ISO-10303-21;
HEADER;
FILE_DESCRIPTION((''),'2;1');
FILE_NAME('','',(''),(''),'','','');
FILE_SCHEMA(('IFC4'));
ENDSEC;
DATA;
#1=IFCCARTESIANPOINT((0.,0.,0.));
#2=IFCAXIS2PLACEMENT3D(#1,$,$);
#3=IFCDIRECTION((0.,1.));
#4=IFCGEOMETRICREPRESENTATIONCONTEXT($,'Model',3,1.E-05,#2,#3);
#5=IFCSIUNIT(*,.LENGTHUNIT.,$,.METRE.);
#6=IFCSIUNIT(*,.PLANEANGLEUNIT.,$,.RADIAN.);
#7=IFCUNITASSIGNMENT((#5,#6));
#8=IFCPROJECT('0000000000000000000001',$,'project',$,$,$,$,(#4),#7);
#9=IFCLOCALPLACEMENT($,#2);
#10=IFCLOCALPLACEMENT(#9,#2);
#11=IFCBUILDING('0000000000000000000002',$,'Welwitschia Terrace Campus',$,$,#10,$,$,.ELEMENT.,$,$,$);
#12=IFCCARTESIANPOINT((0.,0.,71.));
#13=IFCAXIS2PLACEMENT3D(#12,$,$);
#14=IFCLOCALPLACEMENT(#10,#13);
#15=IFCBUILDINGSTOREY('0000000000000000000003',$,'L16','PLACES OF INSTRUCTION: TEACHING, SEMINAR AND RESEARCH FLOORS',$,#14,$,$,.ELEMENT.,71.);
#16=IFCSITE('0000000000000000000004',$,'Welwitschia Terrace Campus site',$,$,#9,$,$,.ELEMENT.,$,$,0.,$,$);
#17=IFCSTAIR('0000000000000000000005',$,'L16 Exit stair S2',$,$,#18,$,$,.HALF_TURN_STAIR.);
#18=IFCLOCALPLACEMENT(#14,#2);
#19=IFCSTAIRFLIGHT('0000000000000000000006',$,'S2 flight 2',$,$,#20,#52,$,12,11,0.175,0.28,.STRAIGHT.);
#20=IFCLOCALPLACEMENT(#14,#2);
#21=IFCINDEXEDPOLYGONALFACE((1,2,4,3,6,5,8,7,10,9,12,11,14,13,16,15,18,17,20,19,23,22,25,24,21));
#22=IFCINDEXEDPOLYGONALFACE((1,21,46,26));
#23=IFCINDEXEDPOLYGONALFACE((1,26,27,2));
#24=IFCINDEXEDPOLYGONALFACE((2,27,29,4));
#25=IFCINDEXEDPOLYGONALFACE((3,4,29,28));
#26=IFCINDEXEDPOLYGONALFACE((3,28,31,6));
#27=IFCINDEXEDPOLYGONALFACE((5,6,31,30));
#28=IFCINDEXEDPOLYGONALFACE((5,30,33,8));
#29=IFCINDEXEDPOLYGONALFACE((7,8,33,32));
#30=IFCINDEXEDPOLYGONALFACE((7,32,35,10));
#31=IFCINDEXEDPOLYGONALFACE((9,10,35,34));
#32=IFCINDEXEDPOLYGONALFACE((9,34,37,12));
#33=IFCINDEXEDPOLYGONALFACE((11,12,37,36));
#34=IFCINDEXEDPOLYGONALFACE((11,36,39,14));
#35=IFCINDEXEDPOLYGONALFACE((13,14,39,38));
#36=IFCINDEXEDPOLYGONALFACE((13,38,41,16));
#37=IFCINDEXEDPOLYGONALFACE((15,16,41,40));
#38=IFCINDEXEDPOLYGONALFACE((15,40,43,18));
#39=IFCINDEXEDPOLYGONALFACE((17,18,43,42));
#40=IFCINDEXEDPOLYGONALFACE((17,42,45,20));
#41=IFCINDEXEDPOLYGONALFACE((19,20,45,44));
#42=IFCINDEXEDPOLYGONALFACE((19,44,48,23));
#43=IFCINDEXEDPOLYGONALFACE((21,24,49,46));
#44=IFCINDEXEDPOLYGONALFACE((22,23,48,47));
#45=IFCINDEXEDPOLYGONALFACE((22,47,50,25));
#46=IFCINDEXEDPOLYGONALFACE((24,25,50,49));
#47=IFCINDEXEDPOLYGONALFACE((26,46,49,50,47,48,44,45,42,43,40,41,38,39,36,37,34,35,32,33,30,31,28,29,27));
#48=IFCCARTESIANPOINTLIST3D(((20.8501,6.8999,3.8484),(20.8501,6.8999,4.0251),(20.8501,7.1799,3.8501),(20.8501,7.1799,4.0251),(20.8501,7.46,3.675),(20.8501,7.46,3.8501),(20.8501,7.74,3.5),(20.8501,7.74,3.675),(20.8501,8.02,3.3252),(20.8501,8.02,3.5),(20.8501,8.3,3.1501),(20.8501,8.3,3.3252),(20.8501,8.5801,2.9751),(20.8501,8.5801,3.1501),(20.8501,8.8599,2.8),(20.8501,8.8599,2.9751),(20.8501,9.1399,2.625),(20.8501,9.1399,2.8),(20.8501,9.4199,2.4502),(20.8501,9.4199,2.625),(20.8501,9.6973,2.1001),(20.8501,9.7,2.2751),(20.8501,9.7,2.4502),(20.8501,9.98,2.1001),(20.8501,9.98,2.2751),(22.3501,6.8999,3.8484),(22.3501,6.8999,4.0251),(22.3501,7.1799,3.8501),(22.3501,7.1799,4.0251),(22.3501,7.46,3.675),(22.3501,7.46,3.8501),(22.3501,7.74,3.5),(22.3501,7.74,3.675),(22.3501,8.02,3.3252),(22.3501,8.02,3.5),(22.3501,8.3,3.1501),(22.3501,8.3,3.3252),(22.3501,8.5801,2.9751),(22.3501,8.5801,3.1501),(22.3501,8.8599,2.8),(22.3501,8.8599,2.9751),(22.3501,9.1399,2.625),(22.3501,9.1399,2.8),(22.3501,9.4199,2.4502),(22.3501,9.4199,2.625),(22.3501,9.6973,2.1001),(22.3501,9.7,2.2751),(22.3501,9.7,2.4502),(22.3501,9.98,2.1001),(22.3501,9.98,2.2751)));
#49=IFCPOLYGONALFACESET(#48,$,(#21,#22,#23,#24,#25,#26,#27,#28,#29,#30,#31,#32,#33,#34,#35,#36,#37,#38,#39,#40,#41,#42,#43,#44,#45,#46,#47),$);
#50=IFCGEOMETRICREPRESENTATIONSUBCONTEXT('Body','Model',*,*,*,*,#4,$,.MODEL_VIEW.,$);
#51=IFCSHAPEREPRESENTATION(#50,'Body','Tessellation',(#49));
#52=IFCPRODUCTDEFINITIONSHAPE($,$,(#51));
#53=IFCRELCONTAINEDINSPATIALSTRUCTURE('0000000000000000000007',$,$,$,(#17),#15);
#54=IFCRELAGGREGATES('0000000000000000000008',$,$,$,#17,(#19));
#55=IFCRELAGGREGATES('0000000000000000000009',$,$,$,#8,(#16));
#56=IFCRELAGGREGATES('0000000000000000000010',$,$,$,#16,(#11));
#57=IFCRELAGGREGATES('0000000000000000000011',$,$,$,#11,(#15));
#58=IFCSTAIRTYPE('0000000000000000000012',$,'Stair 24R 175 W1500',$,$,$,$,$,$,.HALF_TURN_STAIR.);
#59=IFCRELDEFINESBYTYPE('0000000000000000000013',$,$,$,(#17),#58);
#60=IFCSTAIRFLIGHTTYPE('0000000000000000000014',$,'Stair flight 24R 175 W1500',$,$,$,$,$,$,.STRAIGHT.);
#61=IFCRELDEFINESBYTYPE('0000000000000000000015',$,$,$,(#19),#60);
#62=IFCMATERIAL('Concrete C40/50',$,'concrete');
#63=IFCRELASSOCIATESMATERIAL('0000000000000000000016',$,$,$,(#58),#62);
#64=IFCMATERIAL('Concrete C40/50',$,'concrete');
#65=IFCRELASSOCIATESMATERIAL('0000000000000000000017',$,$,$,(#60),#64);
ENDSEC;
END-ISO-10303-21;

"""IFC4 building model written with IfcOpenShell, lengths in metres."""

from ifc_helpers import new_model, si_unit, direction, frame, origin, place, context, subcontext, project, spatial, polyline, outline, extrude, material, type_object, element, aggregate, save


model = new_model("IFC4")

# Units and contexts
model_context = context("Model", 3, precision=1e-05, world=origin(), true_north=direction((0.0, 1.0)))
body_context = subcontext(model_context, "Body", "Model", "MODEL_VIEW")
ifc_project = project(units=[si_unit("LENGTHUNIT", "METRE"), si_unit("PLANEANGLEUNIT", "RADIAN")], contexts=[model_context])

# Site, building, storey
site_placement = place(None, origin())
site = spatial("IfcSite", under=ifc_project, at=site_placement, Name="Welwitschia Terrace Campus site", CompositionType="ELEMENT", RefElevation=0.0)
building_placement = place(site_placement, origin())
building = spatial("IfcBuilding", under=site, at=building_placement, Name="Welwitschia Terrace Campus", CompositionType="ELEMENT")
storey_placement = place(building_placement, frame((0.0, 0.0, 71.0)))
storey = spatial("IfcBuildingStorey", under=building, at=storey_placement, Name="L16", Description="PLACES OF INSTRUCTION: TEACHING, SEMINAR AND RESEARCH FLOORS", CompositionType="ELEMENT", Elevation=71.0)

# Stair, stair flight
ifc_material_1 = material(Name="Concrete C40/50", Category="concrete")
stair_type = type_object("IfcStairType", Name="Stair 24R 175 W1500", PredefinedType="HALF_TURN_STAIR", material=ifc_material_1)
stair_placement = place(storey_placement, origin())
stair = element("IfcStair", 1, at=stair_placement, inside=storey, type_object=stair_type, Name="L16 Exit stair S2", PredefinedType="HALF_TURN_STAIR")
ifc_material_2 = material(Name="Concrete C40/50", Category="concrete")
stair_flight_type = type_object("IfcStairFlightType", Name="Stair flight 24R 175 W1500", PredefinedType="STRAIGHT", material=ifc_material_2)
stair_flight_1_placement = place(storey_placement, frame((21.6001, 9.98, 2.1001), z_axis=(0.0, 0.0, 1.0), x_axis=(0.0, -1.0, 0.0)))
stair_flight_1 = element("IfcStairFlight", 2, at=stair_flight_1_placement, type_object=stair_flight_type, Name="S2 flight 2", NumberOfRisers=12, NumberOfTreads=11, PredefinedType="STRAIGHT", RiserHeight=0.175, TreadLength=0.28, context=body_context, shape_type="SweptSolid", body=[
    extrude(outline(polyline([(0.0, 0.0), (0.0, 0.175), (0.28, 0.175), (0.28, 0.3501), (0.5601, 0.3501), (0.5601, 0.5249), (0.8401, 0.5249), (0.8401, 0.7), (1.1201, 0.7), (1.1201, 0.875), (1.3999, 0.875), (1.3999, 1.05), (1.6799, 1.05), (1.6799, 1.2251), (1.96, 1.2251), (1.96, 1.3999), (2.24, 1.3999), (2.24, 1.575), (2.52, 1.575), (2.52, 1.75), (2.8, 1.75), (2.8, 1.925), (3.0801, 1.925), (3.0801, 2.1001), (3.0801, 1.7483), (0.2827, 0.0), (0.0, 0.0)])), frame((0.0, 0.75, 0.0), z_axis=(0.0, -1.0, 0.0), x_axis=(1.0, 0.0, 0.0)), (0.0, 0.0, 1.0), 1.5),
])
aggregate(stair, [stair_flight_1])

save(model, "model.ifc")
